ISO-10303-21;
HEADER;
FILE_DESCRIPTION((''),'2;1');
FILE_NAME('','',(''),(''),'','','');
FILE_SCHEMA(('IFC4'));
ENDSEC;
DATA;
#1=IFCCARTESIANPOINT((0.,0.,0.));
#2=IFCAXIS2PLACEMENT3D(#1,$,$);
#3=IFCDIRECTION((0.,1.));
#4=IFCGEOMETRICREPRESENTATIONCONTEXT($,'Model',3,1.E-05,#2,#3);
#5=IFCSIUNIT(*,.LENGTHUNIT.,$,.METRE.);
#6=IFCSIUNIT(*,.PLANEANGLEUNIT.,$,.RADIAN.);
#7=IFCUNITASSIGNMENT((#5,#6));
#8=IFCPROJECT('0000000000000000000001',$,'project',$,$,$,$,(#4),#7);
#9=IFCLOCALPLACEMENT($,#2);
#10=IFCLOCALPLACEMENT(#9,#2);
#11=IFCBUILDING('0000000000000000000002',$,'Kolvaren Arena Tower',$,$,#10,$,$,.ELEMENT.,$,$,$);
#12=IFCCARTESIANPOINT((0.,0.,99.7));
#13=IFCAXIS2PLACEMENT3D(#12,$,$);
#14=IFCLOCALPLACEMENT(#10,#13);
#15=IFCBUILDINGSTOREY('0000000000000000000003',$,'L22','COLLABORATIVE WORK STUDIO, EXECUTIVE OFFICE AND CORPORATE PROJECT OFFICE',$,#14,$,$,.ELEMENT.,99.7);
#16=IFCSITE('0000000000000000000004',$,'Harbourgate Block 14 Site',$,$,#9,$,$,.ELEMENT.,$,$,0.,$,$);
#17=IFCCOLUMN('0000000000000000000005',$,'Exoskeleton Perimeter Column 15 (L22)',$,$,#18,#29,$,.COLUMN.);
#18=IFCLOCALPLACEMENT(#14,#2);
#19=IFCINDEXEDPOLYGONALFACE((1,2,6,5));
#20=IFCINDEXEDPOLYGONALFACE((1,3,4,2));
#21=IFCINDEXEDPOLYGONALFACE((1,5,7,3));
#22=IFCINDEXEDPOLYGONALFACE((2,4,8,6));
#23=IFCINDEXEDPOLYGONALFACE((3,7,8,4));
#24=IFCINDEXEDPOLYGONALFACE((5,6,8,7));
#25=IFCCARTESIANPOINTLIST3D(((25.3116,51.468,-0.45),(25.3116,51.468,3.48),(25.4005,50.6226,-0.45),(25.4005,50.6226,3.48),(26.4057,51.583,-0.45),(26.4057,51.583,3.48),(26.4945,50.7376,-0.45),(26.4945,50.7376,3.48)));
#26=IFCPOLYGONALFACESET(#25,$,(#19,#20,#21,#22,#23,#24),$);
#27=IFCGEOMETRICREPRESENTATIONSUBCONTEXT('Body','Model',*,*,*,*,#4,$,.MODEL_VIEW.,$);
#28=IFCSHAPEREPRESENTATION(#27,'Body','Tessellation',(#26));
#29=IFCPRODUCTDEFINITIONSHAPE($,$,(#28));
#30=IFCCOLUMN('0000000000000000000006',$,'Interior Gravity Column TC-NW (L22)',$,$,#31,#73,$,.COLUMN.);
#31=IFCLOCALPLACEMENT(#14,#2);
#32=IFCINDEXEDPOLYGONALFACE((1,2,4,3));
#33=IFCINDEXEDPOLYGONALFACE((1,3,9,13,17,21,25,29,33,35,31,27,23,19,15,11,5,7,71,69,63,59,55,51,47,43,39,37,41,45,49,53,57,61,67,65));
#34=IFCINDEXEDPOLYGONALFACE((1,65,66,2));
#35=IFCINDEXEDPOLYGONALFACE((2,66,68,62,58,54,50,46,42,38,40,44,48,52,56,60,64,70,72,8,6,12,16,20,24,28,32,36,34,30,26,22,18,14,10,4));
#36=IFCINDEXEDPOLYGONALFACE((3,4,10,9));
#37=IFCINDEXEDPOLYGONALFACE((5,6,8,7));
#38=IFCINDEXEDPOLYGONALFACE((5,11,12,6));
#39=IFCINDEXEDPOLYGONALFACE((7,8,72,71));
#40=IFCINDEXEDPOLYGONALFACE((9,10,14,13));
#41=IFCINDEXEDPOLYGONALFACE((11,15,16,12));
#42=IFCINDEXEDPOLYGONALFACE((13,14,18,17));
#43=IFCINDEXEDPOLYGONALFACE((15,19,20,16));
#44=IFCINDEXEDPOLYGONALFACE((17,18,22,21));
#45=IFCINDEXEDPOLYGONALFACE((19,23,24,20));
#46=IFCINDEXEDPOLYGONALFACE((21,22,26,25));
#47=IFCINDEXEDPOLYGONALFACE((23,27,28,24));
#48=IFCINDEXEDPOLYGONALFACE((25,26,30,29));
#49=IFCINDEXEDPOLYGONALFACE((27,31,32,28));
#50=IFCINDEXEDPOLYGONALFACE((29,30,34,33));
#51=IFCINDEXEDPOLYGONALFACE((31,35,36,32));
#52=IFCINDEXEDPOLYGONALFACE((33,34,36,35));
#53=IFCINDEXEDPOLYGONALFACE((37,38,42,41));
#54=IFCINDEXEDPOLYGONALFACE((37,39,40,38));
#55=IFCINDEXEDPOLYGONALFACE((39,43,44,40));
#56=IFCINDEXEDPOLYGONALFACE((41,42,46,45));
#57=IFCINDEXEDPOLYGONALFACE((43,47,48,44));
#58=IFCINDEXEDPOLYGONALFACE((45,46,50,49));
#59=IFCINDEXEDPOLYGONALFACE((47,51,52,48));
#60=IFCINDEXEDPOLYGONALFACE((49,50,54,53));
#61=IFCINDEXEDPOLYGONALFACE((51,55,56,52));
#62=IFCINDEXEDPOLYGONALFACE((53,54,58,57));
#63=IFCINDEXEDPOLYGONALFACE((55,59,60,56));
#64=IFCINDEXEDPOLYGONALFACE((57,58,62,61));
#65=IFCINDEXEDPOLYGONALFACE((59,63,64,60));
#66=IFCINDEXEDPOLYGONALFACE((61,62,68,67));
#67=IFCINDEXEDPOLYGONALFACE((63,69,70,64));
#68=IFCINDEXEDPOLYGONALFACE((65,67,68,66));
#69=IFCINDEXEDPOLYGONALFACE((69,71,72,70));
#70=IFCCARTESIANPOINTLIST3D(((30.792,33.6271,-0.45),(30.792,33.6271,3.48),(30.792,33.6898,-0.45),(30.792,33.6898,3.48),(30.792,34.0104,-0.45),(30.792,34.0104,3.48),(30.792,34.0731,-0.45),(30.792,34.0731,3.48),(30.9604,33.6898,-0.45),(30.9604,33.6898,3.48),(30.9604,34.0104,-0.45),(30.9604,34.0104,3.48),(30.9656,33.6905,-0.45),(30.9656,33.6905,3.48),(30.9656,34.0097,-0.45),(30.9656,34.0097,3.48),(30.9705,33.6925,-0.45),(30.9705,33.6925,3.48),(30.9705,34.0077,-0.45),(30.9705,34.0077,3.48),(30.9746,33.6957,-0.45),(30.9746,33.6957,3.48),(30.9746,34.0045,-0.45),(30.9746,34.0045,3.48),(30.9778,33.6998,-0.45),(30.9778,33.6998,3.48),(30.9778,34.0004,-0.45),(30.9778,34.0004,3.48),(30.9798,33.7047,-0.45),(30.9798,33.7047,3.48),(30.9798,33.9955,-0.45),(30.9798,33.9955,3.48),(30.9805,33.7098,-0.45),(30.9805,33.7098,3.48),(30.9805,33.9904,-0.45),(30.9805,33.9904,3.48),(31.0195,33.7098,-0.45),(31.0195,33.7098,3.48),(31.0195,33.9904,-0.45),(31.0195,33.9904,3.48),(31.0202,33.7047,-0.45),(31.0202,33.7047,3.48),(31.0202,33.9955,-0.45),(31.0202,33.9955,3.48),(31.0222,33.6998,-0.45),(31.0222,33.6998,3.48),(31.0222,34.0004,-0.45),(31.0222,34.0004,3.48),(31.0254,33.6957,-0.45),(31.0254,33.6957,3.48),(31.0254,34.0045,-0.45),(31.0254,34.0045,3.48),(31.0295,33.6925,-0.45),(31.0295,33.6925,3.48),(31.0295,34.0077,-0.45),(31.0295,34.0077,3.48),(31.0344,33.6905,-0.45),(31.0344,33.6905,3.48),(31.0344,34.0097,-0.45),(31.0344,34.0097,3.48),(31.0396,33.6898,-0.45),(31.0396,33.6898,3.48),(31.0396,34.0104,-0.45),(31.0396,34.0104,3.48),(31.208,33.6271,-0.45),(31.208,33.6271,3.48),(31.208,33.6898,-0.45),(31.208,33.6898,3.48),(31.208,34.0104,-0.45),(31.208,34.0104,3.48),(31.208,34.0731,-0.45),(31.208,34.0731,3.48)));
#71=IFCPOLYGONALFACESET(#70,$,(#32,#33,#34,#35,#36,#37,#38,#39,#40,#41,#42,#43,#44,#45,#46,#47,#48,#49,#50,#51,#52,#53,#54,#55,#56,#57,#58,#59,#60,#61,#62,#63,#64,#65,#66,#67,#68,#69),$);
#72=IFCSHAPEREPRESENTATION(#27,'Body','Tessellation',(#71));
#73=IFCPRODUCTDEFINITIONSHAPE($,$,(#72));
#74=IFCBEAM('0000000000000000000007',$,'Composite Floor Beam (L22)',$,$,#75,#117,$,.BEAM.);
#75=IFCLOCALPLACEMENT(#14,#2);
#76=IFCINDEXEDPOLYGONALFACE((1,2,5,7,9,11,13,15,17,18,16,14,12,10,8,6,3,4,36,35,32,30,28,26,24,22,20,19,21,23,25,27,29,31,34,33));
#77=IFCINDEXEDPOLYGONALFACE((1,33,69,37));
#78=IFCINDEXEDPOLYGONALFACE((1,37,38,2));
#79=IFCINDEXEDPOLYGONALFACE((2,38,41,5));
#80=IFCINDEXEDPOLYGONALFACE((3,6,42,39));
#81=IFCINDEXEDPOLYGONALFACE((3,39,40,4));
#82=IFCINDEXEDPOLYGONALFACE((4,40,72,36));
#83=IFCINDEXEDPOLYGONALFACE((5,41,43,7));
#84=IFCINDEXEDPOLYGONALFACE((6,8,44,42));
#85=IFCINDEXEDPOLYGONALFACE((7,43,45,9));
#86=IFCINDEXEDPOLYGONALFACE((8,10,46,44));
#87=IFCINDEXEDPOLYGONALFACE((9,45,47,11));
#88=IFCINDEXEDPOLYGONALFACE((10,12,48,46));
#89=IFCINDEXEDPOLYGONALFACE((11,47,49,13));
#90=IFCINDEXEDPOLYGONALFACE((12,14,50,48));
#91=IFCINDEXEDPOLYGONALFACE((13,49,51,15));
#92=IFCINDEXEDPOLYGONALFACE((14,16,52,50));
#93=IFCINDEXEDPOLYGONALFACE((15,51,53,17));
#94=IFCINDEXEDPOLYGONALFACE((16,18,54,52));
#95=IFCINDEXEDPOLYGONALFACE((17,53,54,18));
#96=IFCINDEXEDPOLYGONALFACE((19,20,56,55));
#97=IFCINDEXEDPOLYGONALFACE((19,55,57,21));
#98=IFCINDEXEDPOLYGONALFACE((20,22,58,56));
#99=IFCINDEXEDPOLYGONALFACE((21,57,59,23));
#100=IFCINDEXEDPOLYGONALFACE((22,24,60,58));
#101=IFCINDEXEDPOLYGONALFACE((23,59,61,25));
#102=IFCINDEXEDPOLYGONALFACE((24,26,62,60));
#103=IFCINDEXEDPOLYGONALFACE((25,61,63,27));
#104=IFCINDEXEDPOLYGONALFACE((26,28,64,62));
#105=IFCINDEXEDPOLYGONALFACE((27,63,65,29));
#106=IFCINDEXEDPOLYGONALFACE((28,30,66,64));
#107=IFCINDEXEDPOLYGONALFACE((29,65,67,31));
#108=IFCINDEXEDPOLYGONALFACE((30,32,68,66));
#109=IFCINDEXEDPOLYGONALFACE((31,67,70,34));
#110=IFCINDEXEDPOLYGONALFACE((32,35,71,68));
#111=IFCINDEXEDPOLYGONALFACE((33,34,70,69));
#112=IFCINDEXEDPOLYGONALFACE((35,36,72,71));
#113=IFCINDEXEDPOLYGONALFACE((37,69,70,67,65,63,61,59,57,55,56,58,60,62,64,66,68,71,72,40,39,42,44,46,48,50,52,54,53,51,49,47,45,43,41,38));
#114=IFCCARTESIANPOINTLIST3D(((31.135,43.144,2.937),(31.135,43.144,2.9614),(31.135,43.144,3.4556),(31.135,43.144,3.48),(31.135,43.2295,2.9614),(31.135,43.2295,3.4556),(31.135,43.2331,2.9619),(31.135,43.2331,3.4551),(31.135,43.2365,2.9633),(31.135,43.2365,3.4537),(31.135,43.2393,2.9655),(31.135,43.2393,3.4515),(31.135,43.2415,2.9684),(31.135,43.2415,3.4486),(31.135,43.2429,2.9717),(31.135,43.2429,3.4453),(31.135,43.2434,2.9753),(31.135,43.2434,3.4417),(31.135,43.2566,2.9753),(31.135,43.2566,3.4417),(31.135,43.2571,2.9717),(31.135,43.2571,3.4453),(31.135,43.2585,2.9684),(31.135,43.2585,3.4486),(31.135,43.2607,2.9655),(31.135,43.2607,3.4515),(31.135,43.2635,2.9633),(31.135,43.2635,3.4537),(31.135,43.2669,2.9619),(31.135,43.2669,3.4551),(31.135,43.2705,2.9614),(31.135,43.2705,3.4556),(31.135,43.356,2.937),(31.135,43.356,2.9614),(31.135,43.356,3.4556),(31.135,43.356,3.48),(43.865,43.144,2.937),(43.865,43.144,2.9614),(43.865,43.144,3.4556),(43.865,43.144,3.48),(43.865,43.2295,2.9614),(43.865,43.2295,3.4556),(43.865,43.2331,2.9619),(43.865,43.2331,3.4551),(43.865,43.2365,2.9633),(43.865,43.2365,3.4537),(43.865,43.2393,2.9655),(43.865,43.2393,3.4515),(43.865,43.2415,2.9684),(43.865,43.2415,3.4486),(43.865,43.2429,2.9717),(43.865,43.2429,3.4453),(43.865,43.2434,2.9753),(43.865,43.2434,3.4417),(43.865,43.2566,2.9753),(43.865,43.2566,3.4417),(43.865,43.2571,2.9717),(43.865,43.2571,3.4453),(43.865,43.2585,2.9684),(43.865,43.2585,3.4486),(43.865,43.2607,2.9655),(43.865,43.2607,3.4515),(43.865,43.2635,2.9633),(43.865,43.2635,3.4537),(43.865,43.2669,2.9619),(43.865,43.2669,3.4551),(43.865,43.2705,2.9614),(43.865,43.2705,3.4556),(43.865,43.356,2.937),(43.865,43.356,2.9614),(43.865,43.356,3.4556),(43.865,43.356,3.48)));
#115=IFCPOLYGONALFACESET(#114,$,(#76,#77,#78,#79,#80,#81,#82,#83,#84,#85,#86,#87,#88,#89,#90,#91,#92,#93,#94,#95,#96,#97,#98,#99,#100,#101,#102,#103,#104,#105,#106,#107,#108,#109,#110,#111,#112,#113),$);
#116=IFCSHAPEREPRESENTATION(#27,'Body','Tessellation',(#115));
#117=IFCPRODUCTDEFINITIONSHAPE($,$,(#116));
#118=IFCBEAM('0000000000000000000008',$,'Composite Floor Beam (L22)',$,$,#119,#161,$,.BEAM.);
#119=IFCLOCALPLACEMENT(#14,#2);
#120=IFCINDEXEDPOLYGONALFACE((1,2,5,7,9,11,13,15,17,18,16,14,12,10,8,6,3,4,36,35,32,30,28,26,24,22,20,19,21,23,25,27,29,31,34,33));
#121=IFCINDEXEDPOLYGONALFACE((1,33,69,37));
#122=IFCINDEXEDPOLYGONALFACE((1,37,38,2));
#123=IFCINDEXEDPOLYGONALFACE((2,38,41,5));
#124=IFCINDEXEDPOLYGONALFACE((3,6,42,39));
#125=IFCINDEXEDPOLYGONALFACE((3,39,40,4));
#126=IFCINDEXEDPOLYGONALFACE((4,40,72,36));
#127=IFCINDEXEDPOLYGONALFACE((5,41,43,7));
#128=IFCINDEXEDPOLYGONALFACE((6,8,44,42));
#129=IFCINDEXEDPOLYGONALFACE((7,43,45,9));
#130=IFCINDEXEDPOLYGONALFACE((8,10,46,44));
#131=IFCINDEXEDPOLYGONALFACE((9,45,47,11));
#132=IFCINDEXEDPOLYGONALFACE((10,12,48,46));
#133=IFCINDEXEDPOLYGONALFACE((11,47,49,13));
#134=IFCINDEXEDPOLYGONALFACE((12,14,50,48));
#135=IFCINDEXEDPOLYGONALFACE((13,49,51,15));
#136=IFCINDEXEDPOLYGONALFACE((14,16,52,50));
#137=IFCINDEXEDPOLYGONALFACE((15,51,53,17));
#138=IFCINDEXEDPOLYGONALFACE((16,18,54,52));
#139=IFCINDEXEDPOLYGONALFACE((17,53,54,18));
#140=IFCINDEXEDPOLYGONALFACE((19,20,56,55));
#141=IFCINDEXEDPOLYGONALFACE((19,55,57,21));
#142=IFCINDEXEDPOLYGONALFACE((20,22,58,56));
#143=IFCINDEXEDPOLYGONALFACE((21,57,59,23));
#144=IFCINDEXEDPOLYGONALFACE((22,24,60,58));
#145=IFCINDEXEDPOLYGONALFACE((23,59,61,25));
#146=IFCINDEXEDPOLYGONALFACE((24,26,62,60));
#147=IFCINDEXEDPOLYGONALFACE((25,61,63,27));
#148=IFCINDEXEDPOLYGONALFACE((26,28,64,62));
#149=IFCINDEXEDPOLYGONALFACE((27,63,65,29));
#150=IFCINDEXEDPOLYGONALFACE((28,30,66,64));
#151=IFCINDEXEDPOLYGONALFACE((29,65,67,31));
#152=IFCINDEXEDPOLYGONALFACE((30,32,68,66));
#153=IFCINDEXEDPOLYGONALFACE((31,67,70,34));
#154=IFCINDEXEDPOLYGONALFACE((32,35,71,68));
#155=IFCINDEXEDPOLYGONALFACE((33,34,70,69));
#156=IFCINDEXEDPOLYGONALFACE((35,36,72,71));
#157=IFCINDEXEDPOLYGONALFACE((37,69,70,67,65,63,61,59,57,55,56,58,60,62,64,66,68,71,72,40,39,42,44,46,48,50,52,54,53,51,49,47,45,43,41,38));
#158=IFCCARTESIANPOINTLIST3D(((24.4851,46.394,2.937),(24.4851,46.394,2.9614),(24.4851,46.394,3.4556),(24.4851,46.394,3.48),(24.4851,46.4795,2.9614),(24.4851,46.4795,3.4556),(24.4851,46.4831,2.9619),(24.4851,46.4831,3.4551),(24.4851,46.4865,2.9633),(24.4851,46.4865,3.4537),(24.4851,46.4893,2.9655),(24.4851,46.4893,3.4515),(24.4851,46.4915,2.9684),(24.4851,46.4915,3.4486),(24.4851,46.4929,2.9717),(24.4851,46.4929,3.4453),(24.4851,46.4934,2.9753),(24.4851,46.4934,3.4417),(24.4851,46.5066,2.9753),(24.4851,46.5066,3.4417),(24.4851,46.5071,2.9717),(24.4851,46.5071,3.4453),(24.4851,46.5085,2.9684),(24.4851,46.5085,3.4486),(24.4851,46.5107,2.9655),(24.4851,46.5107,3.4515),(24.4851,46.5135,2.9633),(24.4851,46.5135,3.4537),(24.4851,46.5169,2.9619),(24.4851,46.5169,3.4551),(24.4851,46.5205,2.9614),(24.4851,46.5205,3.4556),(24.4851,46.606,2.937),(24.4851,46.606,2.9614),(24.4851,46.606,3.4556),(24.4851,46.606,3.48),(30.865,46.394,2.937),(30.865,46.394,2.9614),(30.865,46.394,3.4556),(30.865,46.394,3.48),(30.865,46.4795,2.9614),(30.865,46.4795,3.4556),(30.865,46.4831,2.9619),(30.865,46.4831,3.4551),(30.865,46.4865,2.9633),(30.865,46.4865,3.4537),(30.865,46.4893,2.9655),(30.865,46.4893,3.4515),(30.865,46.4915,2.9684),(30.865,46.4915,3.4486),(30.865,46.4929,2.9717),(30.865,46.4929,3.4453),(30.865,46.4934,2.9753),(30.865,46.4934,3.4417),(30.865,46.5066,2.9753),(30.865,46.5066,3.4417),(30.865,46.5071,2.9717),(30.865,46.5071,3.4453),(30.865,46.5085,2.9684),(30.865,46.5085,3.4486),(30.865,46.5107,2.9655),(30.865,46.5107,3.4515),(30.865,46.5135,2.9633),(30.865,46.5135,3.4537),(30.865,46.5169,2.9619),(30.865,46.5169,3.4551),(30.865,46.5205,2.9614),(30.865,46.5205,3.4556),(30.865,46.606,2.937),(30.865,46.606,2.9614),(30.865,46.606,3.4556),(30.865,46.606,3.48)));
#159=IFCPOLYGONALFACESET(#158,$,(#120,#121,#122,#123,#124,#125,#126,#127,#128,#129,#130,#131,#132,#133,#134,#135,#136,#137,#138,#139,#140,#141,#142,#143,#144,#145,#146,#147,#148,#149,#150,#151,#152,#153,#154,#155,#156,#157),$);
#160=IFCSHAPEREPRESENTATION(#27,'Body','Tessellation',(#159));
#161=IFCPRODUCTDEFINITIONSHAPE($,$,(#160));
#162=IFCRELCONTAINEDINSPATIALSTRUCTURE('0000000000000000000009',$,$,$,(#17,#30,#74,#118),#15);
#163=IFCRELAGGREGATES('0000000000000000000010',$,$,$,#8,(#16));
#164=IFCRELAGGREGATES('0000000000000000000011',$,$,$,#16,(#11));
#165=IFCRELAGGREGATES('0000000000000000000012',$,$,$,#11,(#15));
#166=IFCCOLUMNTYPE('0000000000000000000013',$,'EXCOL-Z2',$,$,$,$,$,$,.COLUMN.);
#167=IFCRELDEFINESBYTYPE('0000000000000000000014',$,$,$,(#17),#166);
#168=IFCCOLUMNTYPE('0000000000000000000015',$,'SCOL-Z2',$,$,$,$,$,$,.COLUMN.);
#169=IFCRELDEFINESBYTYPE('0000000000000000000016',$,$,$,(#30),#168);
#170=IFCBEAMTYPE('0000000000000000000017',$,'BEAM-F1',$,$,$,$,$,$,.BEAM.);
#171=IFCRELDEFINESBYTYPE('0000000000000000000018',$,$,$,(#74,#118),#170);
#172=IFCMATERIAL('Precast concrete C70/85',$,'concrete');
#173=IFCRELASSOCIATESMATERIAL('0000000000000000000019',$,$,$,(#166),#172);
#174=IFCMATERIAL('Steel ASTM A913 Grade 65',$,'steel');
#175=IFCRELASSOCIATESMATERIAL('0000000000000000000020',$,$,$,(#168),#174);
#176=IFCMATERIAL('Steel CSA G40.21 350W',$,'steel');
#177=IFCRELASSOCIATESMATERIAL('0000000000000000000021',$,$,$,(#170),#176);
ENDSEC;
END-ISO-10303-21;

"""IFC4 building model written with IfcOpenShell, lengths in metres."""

from ifc_helpers import new_model, si_unit, direction, frame, origin, origin_2d, place, context, subcontext, project, spatial, rectangle, i_section, extrude, material, material_profile, profile_set, type_object, element, save


model = new_model("IFC4")

# Units and contexts
model_context = context("Model", 3, precision=1e-05, world=origin(), true_north=direction((0.0, 1.0)))
body_context = subcontext(model_context, "Body", "Model", "MODEL_VIEW")
ifc_project = project(units=[si_unit("LENGTHUNIT", "METRE"), si_unit("PLANEANGLEUNIT", "RADIAN")], contexts=[model_context])

# Site, building, storey
site_placement = place(None, origin())
site = spatial("IfcSite", under=ifc_project, at=site_placement, Name="Harbourgate Block 14 Site", CompositionType="ELEMENT", RefElevation=0.0)
building_placement = place(site_placement, origin())
building = spatial("IfcBuilding", under=site, at=building_placement, Name="Kolvaren Arena Tower", CompositionType="ELEMENT")
storey_placement = place(building_placement, frame((0.0, 0.0, 99.7)))
storey = spatial("IfcBuildingStorey", under=building, at=storey_placement, Name="L22", Description="COLLABORATIVE WORK STUDIO, EXECUTIVE OFFICE AND CORPORATE PROJECT OFFICE", CompositionType="ELEMENT", Elevation=99.7)

# Columns
ifc_material_1 = material(Name="Precast concrete C70/85", Category="concrete")
ifc_material_profile_1 = material_profile(ifc_material_1, rectangle(XDim=1.1001, YDim=0.8501, at=origin_2d()), Name="RC-1100x850")
ifc_profile_set_1 = profile_set([ifc_material_profile_1], Name="Precast concrete C70/85")
column_type_1 = type_object("IfcColumnType", Name="EXCOL-Z2", PredefinedType="COLUMN", material=ifc_profile_set_1)
column_1_placement = place(storey_placement, frame((25.9031, 51.1028, -0.45), z_axis=(0.0, 0.0, 1.0), x_axis=(0.994522, 0.104528, 0.0)))
element("IfcColumn", 1, at=column_1_placement, inside=storey, type_object=column_type_1, Name="Exoskeleton Perimeter Column 15 (L22)", PredefinedType="COLUMN", context=body_context, shape_type="SweptSolid", body=[
    extrude(rectangle(XDim=1.1001, YDim=0.8501, at=origin_2d()), origin(), (0.0, 0.0, 1.0), 3.9299),
])
ifc_material_2 = material(Name="Steel ASTM A913 Grade 65", Category="steel")
ifc_material_profile_2 = material_profile(ifc_material_2, i_section(OverallWidth=0.416, OverallDepth=0.446, WebThickness=0.0391, FlangeThickness=0.0627, FilletRadius=0.02, at=origin_2d()), Name="W360x509")
ifc_profile_set_2 = profile_set([ifc_material_profile_2], Name="Steel ASTM A913 Grade 65")
column_type_2 = type_object("IfcColumnType", Name="SCOL-Z2", PredefinedType="COLUMN", material=ifc_profile_set_2)
column_2_placement = place(storey_placement, frame((31.0, 33.8501, -0.45), z_axis=(0.0, 0.0, 1.0), x_axis=(1.0, 0.0, 0.0)))
element("IfcColumn", 2, at=column_2_placement, inside=storey, type_object=column_type_2, Name="Interior Gravity Column TC-NW (L22)", PredefinedType="COLUMN", context=body_context, shape_type="SweptSolid", body=[
    extrude(i_section(OverallWidth=0.416, OverallDepth=0.446, WebThickness=0.0391, FlangeThickness=0.0627, FilletRadius=0.02, at=origin_2d()), origin(), (0.0, 0.0, 1.0), 3.9299),
])

# Beams
ifc_material_3 = material(Name="Steel CSA G40.21 350W", Category="steel")
ifc_material_profile_3 = material_profile(ifc_material_3, i_section(OverallWidth=0.2119, OverallDepth=0.543, WebThickness=0.0132, FlangeThickness=0.0244, FilletRadius=0.0139, at=origin_2d()), Name="W530x150")
ifc_profile_set_3 = profile_set([ifc_material_profile_3], Name="Steel CSA G40.21 350W")
beam_type_1 = type_object("IfcBeamType", Name="BEAM-F1", PredefinedType="BEAM", material=ifc_profile_set_3)
beam_1_placement = place(storey_placement, frame((31.135, 43.25, 3.2085), z_axis=(1.0, 0.0, 0.0), x_axis=(0.0, 1.0, 0.0)))
element("IfcBeam", 3, at=beam_1_placement, inside=storey, type_object=beam_type_1, Name="Composite Floor Beam (L22)", PredefinedType="BEAM", context=body_context, shape_type="SweptSolid", body=[
    extrude(i_section(OverallWidth=0.2119, OverallDepth=0.543, WebThickness=0.0132, FlangeThickness=0.0244, FilletRadius=0.0139, at=origin_2d()), origin(), (0.0, 0.0, 1.0), 12.73),
])
for number, where, z_axis, x_axis, name in (
    (4, (24.4851, 46.5, 3.2085), (1.0, 0.0, 0.0), (0.0, 1.0, 0.0), "Composite Floor Beam (L22)"),
):
    element("IfcBeam", number, at=place(storey_placement, frame(where, z_axis=z_axis, x_axis=x_axis)), inside=storey, type_object=beam_type_1, Name=name, PredefinedType="BEAM", context=body_context, shape_type="SweptSolid", body=[
        extrude(i_section(OverallWidth=0.2119, OverallDepth=0.543, WebThickness=0.0132, FlangeThickness=0.0244, FilletRadius=0.0139, at=origin_2d()), origin(), (0.0, 0.0, 1.0), 6.3799),
    ])

save(model, "model.ifc")
